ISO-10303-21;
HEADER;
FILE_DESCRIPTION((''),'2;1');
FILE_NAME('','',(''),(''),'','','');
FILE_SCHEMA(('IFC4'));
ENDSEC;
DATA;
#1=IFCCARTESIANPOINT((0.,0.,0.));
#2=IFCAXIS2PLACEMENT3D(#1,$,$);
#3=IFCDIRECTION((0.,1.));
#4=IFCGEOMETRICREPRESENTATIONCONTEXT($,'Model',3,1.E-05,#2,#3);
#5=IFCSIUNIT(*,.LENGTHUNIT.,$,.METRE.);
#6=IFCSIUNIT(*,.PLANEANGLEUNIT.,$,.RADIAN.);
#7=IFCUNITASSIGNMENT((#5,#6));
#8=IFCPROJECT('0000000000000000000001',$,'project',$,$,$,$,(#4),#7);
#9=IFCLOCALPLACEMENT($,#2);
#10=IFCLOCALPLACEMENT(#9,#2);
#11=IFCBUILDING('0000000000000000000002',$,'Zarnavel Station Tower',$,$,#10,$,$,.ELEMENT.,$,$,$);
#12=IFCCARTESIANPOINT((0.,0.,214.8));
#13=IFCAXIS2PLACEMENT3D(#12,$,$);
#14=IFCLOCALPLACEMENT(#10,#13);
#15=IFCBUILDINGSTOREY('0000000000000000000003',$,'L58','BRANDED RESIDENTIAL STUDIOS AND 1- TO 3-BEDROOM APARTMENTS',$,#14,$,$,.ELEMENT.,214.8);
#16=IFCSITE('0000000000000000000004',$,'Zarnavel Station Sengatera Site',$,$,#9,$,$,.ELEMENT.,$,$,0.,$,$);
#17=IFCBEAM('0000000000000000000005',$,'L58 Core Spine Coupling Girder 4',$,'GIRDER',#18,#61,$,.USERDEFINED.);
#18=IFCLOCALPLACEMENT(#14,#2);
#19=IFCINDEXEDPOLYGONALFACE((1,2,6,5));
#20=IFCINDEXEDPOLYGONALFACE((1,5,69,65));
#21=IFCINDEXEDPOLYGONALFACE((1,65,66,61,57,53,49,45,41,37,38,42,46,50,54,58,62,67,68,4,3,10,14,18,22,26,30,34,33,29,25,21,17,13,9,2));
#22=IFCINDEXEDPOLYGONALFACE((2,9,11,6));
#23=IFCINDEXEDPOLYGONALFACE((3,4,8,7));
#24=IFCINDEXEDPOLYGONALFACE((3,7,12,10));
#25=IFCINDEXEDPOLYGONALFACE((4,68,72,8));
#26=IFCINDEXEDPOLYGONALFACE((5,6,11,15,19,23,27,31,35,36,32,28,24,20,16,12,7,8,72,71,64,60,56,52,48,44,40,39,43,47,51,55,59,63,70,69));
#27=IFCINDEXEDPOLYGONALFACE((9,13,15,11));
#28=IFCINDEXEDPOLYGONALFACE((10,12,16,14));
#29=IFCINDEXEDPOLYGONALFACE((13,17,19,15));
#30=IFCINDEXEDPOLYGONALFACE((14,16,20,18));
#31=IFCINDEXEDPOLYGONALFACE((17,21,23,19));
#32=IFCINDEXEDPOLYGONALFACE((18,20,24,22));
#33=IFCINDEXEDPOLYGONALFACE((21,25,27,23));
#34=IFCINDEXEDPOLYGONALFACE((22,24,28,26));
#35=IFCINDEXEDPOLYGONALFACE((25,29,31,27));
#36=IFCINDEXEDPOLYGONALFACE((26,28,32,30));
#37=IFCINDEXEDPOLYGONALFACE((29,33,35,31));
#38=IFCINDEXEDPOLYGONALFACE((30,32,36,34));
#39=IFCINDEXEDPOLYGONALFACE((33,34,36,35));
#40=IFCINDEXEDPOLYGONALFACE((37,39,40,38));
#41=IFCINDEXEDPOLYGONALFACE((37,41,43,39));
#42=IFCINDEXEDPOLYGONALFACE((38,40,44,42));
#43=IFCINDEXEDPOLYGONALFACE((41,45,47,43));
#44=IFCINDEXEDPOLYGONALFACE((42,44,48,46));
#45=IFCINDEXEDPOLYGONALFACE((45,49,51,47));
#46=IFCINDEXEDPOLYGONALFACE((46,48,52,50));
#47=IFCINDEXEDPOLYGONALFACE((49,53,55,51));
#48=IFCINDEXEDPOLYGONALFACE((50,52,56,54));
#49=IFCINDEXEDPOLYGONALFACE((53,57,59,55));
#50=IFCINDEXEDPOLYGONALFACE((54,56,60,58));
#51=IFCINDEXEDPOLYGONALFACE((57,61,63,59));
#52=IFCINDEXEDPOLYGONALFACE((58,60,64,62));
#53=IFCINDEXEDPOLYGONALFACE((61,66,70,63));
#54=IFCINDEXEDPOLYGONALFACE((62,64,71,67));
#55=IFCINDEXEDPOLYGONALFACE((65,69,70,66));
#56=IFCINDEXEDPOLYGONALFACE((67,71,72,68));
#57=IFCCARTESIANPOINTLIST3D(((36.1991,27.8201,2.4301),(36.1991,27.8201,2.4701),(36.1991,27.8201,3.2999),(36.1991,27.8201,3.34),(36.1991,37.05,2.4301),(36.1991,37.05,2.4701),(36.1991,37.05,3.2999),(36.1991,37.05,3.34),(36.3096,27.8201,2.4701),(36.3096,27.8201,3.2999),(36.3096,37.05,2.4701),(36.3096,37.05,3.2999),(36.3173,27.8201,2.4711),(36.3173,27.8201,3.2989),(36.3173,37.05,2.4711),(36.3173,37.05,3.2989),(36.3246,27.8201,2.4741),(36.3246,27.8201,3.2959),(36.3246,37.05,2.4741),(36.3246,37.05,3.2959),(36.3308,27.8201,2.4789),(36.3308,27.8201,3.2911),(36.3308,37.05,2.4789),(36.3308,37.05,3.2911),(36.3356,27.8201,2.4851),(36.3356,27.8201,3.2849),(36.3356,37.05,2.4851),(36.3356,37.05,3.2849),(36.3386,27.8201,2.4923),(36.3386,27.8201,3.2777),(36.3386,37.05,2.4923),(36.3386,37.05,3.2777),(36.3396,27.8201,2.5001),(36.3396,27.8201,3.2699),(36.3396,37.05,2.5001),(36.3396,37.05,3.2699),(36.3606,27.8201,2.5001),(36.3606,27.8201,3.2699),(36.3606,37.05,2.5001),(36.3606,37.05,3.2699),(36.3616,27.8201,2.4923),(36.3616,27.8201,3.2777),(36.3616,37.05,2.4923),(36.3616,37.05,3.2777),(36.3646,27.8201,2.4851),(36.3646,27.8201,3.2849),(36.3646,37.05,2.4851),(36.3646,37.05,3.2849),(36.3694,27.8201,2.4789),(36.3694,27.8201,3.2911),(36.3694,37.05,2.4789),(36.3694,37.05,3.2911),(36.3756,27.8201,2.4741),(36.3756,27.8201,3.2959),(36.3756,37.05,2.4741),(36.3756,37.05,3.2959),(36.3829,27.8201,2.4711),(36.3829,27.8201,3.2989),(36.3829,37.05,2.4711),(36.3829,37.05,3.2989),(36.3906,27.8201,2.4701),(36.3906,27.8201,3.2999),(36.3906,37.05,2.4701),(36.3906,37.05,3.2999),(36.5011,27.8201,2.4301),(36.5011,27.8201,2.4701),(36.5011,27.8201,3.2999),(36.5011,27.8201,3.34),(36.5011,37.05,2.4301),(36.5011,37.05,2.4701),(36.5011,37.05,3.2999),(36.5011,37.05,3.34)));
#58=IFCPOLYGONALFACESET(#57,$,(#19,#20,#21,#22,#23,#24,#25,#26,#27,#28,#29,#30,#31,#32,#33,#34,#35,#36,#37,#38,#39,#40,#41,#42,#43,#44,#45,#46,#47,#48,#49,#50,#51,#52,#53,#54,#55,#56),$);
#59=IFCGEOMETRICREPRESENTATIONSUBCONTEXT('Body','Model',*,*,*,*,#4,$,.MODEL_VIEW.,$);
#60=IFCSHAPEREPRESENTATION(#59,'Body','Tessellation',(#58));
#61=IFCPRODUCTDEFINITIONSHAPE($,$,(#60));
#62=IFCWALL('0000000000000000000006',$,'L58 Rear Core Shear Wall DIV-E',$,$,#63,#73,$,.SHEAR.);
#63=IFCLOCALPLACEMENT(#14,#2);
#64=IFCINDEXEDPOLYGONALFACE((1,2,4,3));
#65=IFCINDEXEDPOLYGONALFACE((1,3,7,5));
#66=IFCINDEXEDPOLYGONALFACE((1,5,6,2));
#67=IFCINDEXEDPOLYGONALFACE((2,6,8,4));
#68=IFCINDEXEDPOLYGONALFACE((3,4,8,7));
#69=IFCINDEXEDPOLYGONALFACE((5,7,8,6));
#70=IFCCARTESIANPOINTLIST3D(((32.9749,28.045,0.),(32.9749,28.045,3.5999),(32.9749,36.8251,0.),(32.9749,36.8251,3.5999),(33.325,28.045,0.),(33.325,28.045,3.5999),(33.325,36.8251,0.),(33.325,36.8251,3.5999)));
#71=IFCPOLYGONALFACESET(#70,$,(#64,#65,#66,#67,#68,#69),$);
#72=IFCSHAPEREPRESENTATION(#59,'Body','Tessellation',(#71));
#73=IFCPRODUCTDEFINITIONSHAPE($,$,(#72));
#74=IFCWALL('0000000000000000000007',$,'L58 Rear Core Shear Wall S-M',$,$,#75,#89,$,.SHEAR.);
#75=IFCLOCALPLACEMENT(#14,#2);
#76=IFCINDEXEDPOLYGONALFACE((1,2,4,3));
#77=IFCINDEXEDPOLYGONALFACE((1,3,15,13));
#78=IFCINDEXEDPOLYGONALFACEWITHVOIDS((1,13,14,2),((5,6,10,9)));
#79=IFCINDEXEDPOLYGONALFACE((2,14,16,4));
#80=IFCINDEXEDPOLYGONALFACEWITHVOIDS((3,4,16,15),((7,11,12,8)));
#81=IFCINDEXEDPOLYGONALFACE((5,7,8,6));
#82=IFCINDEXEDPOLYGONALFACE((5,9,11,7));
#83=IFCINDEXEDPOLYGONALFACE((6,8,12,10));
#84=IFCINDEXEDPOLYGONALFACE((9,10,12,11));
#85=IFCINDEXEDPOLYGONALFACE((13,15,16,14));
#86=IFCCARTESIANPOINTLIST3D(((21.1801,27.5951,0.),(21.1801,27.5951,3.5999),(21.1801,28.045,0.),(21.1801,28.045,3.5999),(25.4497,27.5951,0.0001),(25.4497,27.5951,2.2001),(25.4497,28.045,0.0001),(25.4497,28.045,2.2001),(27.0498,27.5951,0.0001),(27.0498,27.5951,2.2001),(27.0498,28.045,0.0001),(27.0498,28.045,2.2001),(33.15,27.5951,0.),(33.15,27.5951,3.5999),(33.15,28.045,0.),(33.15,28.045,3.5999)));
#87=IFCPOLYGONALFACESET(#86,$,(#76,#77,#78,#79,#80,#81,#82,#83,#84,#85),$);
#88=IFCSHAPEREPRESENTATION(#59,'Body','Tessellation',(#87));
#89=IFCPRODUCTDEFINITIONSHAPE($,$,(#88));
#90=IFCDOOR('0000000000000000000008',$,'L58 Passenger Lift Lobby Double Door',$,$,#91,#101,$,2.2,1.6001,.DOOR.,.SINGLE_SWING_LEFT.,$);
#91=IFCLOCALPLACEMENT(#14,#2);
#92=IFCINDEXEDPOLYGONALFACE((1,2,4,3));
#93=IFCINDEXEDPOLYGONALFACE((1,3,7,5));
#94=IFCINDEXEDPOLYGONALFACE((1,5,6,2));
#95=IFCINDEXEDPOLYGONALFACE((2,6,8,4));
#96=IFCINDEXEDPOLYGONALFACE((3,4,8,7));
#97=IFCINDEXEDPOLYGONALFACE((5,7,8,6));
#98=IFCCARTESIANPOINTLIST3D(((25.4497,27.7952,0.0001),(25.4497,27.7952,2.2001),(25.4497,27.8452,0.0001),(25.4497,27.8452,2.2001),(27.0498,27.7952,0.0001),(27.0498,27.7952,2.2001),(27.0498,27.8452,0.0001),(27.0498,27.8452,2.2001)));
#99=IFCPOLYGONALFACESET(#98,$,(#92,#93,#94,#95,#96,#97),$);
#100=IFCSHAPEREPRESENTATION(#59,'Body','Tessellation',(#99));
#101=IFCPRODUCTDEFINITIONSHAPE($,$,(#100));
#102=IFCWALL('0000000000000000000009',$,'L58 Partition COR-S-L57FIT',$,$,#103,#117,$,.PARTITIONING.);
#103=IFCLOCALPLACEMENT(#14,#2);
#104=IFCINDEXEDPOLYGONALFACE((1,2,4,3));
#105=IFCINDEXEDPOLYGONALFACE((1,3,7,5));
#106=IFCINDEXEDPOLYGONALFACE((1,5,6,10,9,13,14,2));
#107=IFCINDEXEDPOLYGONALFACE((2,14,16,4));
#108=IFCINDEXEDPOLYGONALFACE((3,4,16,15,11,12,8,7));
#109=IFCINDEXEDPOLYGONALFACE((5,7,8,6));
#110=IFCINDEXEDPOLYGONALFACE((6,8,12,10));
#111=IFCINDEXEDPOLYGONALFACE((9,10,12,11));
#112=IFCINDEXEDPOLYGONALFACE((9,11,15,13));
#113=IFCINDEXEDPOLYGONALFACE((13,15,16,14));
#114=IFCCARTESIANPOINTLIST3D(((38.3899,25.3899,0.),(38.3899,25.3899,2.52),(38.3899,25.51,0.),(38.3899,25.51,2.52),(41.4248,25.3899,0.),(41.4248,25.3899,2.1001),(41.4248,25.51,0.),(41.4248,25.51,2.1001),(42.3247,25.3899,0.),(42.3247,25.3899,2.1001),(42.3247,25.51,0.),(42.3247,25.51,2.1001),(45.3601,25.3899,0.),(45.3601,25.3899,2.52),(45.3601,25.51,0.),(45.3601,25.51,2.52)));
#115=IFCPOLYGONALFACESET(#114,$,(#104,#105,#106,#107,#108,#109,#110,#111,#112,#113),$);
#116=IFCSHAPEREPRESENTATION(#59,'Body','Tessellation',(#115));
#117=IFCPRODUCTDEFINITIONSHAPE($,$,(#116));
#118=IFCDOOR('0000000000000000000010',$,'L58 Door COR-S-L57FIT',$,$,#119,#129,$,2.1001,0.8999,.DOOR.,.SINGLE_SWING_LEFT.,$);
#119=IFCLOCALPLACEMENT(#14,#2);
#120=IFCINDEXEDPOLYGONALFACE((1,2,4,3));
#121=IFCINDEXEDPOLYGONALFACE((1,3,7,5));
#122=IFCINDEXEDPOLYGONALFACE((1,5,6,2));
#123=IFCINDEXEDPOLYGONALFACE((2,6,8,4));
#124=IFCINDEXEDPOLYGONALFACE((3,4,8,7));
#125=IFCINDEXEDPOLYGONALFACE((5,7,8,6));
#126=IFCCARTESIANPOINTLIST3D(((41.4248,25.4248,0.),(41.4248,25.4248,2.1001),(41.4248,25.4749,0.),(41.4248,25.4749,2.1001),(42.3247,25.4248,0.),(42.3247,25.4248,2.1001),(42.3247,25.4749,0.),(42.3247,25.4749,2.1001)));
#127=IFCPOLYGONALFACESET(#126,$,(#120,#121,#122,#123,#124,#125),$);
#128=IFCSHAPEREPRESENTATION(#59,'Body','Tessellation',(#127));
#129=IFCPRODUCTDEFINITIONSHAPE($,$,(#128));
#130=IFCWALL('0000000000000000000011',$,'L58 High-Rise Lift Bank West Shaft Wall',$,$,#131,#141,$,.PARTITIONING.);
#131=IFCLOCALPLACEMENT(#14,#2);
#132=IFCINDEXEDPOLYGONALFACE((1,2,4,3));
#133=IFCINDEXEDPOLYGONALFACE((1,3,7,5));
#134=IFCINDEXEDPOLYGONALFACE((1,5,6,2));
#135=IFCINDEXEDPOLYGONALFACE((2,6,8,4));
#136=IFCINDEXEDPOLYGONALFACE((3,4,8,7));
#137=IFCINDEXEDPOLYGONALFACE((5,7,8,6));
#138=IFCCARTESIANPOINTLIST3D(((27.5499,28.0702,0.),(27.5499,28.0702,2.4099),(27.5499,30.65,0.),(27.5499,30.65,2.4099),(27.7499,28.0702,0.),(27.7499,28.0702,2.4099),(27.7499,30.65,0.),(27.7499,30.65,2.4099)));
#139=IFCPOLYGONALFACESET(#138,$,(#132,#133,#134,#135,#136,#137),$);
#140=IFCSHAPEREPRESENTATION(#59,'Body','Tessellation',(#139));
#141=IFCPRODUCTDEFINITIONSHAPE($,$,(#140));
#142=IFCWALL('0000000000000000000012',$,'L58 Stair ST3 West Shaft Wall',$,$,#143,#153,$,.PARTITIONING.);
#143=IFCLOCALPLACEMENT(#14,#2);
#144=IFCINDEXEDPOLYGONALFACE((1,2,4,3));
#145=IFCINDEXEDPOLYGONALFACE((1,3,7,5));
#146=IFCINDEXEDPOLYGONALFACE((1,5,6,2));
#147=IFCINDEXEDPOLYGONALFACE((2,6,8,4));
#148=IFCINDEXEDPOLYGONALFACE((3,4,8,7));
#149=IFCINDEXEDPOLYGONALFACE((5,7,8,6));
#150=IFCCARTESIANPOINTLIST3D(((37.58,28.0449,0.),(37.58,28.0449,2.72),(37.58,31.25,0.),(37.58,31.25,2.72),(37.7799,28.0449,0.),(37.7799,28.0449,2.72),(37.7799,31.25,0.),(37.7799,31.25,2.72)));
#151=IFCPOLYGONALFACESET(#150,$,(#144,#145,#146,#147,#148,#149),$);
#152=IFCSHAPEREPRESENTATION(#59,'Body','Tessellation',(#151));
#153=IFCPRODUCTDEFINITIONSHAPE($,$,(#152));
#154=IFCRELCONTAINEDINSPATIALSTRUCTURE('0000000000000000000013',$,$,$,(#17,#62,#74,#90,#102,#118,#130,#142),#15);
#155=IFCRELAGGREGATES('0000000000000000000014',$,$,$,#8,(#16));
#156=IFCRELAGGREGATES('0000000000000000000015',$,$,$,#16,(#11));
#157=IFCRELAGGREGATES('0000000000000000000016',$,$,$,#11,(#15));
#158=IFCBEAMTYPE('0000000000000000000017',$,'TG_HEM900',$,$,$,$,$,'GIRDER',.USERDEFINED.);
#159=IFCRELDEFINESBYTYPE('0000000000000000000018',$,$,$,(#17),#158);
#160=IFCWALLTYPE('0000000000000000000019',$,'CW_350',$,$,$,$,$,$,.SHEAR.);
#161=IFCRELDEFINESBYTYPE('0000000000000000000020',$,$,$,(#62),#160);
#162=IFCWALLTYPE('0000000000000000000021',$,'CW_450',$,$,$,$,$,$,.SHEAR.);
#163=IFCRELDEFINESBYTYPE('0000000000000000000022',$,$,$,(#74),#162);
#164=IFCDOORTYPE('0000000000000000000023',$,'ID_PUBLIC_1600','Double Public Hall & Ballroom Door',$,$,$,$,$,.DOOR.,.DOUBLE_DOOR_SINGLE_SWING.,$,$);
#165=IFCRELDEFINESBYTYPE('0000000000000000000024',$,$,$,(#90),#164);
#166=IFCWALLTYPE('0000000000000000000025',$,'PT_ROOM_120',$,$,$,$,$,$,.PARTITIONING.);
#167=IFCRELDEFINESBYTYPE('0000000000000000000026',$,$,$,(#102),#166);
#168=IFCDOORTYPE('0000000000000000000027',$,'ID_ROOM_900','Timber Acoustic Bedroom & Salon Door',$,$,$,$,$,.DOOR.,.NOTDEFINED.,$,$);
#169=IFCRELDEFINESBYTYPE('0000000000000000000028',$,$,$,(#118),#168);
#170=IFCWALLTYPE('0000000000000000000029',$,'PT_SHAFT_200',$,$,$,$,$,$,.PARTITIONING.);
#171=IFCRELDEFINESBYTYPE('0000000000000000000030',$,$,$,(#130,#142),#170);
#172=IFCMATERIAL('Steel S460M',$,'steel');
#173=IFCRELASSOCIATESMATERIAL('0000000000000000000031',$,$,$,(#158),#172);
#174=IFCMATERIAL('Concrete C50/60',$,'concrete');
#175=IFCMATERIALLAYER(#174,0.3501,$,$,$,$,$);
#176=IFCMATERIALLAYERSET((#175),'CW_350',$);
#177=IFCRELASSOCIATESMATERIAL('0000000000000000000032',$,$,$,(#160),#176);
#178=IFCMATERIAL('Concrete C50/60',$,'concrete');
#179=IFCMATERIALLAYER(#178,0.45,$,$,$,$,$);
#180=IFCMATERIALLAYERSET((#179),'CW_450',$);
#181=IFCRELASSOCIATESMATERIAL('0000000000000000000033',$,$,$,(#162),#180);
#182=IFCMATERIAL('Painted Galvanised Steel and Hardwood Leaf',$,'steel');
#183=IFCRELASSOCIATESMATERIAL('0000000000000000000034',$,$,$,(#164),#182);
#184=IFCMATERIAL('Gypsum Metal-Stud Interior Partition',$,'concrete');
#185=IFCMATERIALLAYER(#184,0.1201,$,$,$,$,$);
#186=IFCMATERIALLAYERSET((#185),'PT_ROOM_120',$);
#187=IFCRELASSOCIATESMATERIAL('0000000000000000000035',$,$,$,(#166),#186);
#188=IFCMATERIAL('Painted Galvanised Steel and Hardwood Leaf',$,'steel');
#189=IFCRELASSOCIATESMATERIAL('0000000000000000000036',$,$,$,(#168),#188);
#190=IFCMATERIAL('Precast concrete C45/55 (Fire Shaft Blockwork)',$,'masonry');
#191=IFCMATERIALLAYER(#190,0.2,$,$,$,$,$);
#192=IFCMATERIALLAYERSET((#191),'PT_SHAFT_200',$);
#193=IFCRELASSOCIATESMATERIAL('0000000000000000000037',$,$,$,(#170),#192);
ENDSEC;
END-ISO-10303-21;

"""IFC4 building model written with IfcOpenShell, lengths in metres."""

from ifc_helpers import new_model, si_unit, direction, frame, frame_2d, origin, origin_2d, place, context, subcontext, project, spatial, rectangle, i_section, extrude, material, layer, layer_set, material_profile, profile_set, type_object, element, fill, save


model = new_model("IFC4")

# Units and contexts
model_context = context("Model", 3, precision=1e-05, world=origin(), true_north=direction((0.0, 1.0)))
body_context = subcontext(model_context, "Body", "Model", "MODEL_VIEW")
ifc_project = project(units=[si_unit("LENGTHUNIT", "METRE"), si_unit("PLANEANGLEUNIT", "RADIAN")], contexts=[model_context])

# Site, building, storey
site_placement = place(None, origin())
site = spatial("IfcSite", under=ifc_project, at=site_placement, Name="Zarnavel Station Sengatera Site", CompositionType="ELEMENT", RefElevation=0.0)
building_placement = place(site_placement, origin())
building = spatial("IfcBuilding", under=site, at=building_placement, Name="Zarnavel Station Tower", CompositionType="ELEMENT")
storey_placement = place(building_placement, frame((0.0, 0.0, 214.8)))
storey = spatial("IfcBuildingStorey", under=building, at=storey_placement, Name="L58", Description="BRANDED RESIDENTIAL STUDIOS AND 1- TO 3-BEDROOM APARTMENTS", CompositionType="ELEMENT", Elevation=214.8)

# Beam
ifc_material_1 = material(Name="Steel S460M", Category="steel")
ifc_material_profile_1 = material_profile(ifc_material_1, i_section(OverallWidth=0.302, OverallDepth=0.9099, WebThickness=0.021, FlangeThickness=0.04, FilletRadius=0.03, at=origin_2d()), Name="HEM900")
ifc_profile_set_1 = profile_set([ifc_material_profile_1], Name="Steel S460M")
beam_type_1 = type_object("IfcBeamType", Name="TG_HEM900", ElementType="GIRDER", PredefinedType="USERDEFINED", material=ifc_profile_set_1)
for number, where, z_axis, x_axis, name in (
    (1, (36.3501, 27.8201, 2.885), (0.0, 1.0, 0.0), (-1.0, 0.0, 0.0), "L58 Core Spine Coupling Girder 4"),
):
    element("IfcBeam", number, at=place(storey_placement, frame(where, z_axis=z_axis, x_axis=x_axis)), inside=storey, type_object=beam_type_1, Name=name, ObjectType="GIRDER", PredefinedType="USERDEFINED", context=body_context, shape_type="SweptSolid", body=[
        extrude(i_section(OverallWidth=0.302, OverallDepth=0.9099, WebThickness=0.021, FlangeThickness=0.04, FilletRadius=0.03, at=origin_2d()), origin(), (0.0, 0.0, 1.0), 9.23),
    ])

# Wall
ifc_material_2 = material(Name="Concrete C50/60", Category="concrete")
ifc_layer_1 = layer(ifc_material_2, 0.3501)
ifc_layer_set_1 = layer_set([ifc_layer_1], Name="CW_350")
wall_type_1 = type_object("IfcWallType", Name="CW_350", PredefinedType="SHEAR", material=ifc_layer_set_1)
wall_1_placement = place(storey_placement, frame((33.1499, 28.0449, 0.0), z_axis=(0.0, 0.0, 1.0), x_axis=(0.0, 1.0, 0.0)))
element("IfcWall", 2, at=wall_1_placement, inside=storey, type_object=wall_type_1, Name="L58 Rear Core Shear Wall DIV-E", PredefinedType="SHEAR", context=body_context, shape_type="SweptSolid", body=[
    extrude(rectangle(XDim=8.78, YDim=0.3501, at=frame_2d((4.3901, 0.0))), origin(), (0.0, 0.0, 1.0), 3.5999),
])

# Walls, openings, doors
ifc_material_3 = material(Name="Concrete C50/60", Category="concrete")
ifc_layer_2 = layer(ifc_material_3, 0.45)
ifc_layer_set_2 = layer_set([ifc_layer_2], Name="CW_450")
wall_type_2 = type_object("IfcWallType", Name="CW_450", PredefinedType="SHEAR", material=ifc_layer_set_2)
wall_2_placement = place(storey_placement, frame((33.1499, 27.8201, 0.0), z_axis=(0.0, 0.0, 1.0), x_axis=(-1.0, 0.0, 0.0)))
wall_2 = element("IfcWall", 3, at=wall_2_placement, inside=storey, type_object=wall_type_2, Name="L58 Rear Core Shear Wall S-M", PredefinedType="SHEAR", context=body_context, shape_type="SweptSolid", body=[
    extrude(rectangle(XDim=11.97, YDim=0.45, at=frame_2d((5.9849, 0.0))), origin(), (0.0, 0.0, 1.0), 3.5999),
])
opening_1_placement = place(wall_2_placement, frame((6.1001, 0.0, 0.0)))
opening_1 = element("IfcOpeningElement", 4, at=opening_1_placement, cuts=wall_2, PredefinedType="OPENING", context=body_context, shape_type="SweptSolid", body=[
    extrude(rectangle(XDim=1.6001, YDim=2.2, at=frame_2d((0.8, 1.1001))), frame((0.0, 0.2349, 0.0), z_axis=(0.0, -1.0, 0.0), x_axis=(1.0, 0.0, 0.0)), (0.0, 0.0, 1.0), 0.47),
])
ifc_material_4 = material(Name="Painted Galvanised Steel and Hardwood Leaf", Category="steel")
door_type_1 = type_object("IfcDoorType", Name="ID_PUBLIC_1600", Description="Double Public Hall & Ballroom Door", OperationType="DOUBLE_DOOR_SINGLE_SWING", PredefinedType="DOOR", material=ifc_material_4)
door_1_placement = place(opening_1_placement, origin())
door_1 = element("IfcDoor", 5, at=door_1_placement, inside=storey, type_object=door_type_1, Name="L58 Passenger Lift Lobby Double Door", OperationType="SINGLE_SWING_LEFT", OverallHeight=2.2, OverallWidth=1.6001, PredefinedType="DOOR", context=body_context, shape_type="SweptSolid", body=[
    extrude(rectangle(XDim=1.6001, YDim=2.2, at=frame_2d((0.8, 1.1001))), frame((0.0, 0.0249, 0.0), z_axis=(0.0, -1.0, 0.0), x_axis=(1.0, 0.0, 0.0)), (0.0, 0.0, 1.0), 0.05),
])
fill(opening_1, door_1)
ifc_material_5 = material(Name="Gypsum Metal-Stud Interior Partition", Category="concrete")
ifc_layer_3 = layer(ifc_material_5, 0.1201)
ifc_layer_set_3 = layer_set([ifc_layer_3], Name="PT_ROOM_120")
wall_type_3 = type_object("IfcWallType", Name="PT_ROOM_120", PredefinedType="PARTITIONING", material=ifc_layer_set_3)
wall_3_placement = place(storey_placement, frame((38.3899, 25.45, 0.0), z_axis=(0.0, 0.0, 1.0), x_axis=(1.0, 0.0, 0.0)))
wall_3 = element("IfcWall", 6, at=wall_3_placement, inside=storey, type_object=wall_type_3, Name="L58 Partition COR-S-L57FIT", PredefinedType="PARTITIONING", context=body_context, shape_type="SweptSolid", body=[
    extrude(rectangle(XDim=6.9702, YDim=0.1201, at=frame_2d((3.4851, 0.0))), origin(), (0.0, 0.0, 1.0), 2.52),
])
opening_2_placement = place(wall_3_placement, frame((3.0349, 0.0, 0.0)))
opening_2 = element("IfcOpeningElement", 7, at=opening_2_placement, cuts=wall_3, PredefinedType="OPENING", context=body_context, shape_type="SweptSolid", body=[
    extrude(rectangle(XDim=0.8999, YDim=2.1001, at=frame_2d((0.45, 1.05))), frame((0.0, 0.0701, 0.0), z_axis=(0.0, -1.0, 0.0), x_axis=(1.0, 0.0, 0.0)), (0.0, 0.0, 1.0), 0.1401),
])
ifc_material_6 = material(Name="Painted Galvanised Steel and Hardwood Leaf", Category="steel")
door_type_2 = type_object("IfcDoorType", Name="ID_ROOM_900", Description="Timber Acoustic Bedroom & Salon Door", OperationType="NOTDEFINED", PredefinedType="DOOR", material=ifc_material_6)
door_2_placement = place(opening_2_placement, origin())
door_2 = element("IfcDoor", 8, at=door_2_placement, inside=storey, type_object=door_type_2, Name="L58 Door COR-S-L57FIT", OperationType="SINGLE_SWING_LEFT", OverallHeight=2.1001, OverallWidth=0.8999, PredefinedType="DOOR", context=body_context, shape_type="SweptSolid", body=[
    extrude(rectangle(XDim=0.8999, YDim=2.1001, at=frame_2d((0.45, 1.05))), frame((0.0, 0.0249, 0.0), z_axis=(0.0, -1.0, 0.0), x_axis=(1.0, 0.0, 0.0)), (0.0, 0.0, 1.0), 0.05),
])
fill(opening_2, door_2)

# Walls
ifc_material_7 = material(Name="Precast concrete C45/55 (Fire Shaft Blockwork)", Category="masonry")
ifc_layer_4 = layer(ifc_material_7, 0.2)
ifc_layer_set_4 = layer_set([ifc_layer_4], Name="PT_SHAFT_200")
wall_type_4 = type_object("IfcWallType", Name="PT_SHAFT_200", PredefinedType="PARTITIONING", material=ifc_layer_set_4)
wall_4_placement = place(storey_placement, frame((27.6499, 28.0701, 0.0), z_axis=(0.0, 0.0, 1.0), x_axis=(0.0, 1.0, 0.0)))
element("IfcWall", 9, at=wall_4_placement, inside=storey, type_object=wall_type_4, Name="L58 High-Rise Lift Bank West Shaft Wall", PredefinedType="PARTITIONING", context=body_context, shape_type="SweptSolid", body=[
    extrude(rectangle(XDim=2.5798, YDim=0.2, at=frame_2d((1.29, 0.0))), origin(), (0.0, 0.0, 1.0), 2.4099),
])
wall_5_placement = place(storey_placement, frame((37.6799, 28.0449, 0.0), z_axis=(0.0, 0.0, 1.0), x_axis=(0.0, 1.0, 0.0)))
element("IfcWall", 10, at=wall_5_placement, inside=storey, type_object=wall_type_4, Name="L58 Stair ST3 West Shaft Wall", PredefinedType="PARTITIONING", context=body_context, shape_type="SweptSolid", body=[
    extrude(rectangle(XDim=3.2051, YDim=0.2, at=frame_2d((1.6025, 0.0))), origin(), (0.0, 0.0, 1.0), 2.72),
])

save(model, "model.ifc")
